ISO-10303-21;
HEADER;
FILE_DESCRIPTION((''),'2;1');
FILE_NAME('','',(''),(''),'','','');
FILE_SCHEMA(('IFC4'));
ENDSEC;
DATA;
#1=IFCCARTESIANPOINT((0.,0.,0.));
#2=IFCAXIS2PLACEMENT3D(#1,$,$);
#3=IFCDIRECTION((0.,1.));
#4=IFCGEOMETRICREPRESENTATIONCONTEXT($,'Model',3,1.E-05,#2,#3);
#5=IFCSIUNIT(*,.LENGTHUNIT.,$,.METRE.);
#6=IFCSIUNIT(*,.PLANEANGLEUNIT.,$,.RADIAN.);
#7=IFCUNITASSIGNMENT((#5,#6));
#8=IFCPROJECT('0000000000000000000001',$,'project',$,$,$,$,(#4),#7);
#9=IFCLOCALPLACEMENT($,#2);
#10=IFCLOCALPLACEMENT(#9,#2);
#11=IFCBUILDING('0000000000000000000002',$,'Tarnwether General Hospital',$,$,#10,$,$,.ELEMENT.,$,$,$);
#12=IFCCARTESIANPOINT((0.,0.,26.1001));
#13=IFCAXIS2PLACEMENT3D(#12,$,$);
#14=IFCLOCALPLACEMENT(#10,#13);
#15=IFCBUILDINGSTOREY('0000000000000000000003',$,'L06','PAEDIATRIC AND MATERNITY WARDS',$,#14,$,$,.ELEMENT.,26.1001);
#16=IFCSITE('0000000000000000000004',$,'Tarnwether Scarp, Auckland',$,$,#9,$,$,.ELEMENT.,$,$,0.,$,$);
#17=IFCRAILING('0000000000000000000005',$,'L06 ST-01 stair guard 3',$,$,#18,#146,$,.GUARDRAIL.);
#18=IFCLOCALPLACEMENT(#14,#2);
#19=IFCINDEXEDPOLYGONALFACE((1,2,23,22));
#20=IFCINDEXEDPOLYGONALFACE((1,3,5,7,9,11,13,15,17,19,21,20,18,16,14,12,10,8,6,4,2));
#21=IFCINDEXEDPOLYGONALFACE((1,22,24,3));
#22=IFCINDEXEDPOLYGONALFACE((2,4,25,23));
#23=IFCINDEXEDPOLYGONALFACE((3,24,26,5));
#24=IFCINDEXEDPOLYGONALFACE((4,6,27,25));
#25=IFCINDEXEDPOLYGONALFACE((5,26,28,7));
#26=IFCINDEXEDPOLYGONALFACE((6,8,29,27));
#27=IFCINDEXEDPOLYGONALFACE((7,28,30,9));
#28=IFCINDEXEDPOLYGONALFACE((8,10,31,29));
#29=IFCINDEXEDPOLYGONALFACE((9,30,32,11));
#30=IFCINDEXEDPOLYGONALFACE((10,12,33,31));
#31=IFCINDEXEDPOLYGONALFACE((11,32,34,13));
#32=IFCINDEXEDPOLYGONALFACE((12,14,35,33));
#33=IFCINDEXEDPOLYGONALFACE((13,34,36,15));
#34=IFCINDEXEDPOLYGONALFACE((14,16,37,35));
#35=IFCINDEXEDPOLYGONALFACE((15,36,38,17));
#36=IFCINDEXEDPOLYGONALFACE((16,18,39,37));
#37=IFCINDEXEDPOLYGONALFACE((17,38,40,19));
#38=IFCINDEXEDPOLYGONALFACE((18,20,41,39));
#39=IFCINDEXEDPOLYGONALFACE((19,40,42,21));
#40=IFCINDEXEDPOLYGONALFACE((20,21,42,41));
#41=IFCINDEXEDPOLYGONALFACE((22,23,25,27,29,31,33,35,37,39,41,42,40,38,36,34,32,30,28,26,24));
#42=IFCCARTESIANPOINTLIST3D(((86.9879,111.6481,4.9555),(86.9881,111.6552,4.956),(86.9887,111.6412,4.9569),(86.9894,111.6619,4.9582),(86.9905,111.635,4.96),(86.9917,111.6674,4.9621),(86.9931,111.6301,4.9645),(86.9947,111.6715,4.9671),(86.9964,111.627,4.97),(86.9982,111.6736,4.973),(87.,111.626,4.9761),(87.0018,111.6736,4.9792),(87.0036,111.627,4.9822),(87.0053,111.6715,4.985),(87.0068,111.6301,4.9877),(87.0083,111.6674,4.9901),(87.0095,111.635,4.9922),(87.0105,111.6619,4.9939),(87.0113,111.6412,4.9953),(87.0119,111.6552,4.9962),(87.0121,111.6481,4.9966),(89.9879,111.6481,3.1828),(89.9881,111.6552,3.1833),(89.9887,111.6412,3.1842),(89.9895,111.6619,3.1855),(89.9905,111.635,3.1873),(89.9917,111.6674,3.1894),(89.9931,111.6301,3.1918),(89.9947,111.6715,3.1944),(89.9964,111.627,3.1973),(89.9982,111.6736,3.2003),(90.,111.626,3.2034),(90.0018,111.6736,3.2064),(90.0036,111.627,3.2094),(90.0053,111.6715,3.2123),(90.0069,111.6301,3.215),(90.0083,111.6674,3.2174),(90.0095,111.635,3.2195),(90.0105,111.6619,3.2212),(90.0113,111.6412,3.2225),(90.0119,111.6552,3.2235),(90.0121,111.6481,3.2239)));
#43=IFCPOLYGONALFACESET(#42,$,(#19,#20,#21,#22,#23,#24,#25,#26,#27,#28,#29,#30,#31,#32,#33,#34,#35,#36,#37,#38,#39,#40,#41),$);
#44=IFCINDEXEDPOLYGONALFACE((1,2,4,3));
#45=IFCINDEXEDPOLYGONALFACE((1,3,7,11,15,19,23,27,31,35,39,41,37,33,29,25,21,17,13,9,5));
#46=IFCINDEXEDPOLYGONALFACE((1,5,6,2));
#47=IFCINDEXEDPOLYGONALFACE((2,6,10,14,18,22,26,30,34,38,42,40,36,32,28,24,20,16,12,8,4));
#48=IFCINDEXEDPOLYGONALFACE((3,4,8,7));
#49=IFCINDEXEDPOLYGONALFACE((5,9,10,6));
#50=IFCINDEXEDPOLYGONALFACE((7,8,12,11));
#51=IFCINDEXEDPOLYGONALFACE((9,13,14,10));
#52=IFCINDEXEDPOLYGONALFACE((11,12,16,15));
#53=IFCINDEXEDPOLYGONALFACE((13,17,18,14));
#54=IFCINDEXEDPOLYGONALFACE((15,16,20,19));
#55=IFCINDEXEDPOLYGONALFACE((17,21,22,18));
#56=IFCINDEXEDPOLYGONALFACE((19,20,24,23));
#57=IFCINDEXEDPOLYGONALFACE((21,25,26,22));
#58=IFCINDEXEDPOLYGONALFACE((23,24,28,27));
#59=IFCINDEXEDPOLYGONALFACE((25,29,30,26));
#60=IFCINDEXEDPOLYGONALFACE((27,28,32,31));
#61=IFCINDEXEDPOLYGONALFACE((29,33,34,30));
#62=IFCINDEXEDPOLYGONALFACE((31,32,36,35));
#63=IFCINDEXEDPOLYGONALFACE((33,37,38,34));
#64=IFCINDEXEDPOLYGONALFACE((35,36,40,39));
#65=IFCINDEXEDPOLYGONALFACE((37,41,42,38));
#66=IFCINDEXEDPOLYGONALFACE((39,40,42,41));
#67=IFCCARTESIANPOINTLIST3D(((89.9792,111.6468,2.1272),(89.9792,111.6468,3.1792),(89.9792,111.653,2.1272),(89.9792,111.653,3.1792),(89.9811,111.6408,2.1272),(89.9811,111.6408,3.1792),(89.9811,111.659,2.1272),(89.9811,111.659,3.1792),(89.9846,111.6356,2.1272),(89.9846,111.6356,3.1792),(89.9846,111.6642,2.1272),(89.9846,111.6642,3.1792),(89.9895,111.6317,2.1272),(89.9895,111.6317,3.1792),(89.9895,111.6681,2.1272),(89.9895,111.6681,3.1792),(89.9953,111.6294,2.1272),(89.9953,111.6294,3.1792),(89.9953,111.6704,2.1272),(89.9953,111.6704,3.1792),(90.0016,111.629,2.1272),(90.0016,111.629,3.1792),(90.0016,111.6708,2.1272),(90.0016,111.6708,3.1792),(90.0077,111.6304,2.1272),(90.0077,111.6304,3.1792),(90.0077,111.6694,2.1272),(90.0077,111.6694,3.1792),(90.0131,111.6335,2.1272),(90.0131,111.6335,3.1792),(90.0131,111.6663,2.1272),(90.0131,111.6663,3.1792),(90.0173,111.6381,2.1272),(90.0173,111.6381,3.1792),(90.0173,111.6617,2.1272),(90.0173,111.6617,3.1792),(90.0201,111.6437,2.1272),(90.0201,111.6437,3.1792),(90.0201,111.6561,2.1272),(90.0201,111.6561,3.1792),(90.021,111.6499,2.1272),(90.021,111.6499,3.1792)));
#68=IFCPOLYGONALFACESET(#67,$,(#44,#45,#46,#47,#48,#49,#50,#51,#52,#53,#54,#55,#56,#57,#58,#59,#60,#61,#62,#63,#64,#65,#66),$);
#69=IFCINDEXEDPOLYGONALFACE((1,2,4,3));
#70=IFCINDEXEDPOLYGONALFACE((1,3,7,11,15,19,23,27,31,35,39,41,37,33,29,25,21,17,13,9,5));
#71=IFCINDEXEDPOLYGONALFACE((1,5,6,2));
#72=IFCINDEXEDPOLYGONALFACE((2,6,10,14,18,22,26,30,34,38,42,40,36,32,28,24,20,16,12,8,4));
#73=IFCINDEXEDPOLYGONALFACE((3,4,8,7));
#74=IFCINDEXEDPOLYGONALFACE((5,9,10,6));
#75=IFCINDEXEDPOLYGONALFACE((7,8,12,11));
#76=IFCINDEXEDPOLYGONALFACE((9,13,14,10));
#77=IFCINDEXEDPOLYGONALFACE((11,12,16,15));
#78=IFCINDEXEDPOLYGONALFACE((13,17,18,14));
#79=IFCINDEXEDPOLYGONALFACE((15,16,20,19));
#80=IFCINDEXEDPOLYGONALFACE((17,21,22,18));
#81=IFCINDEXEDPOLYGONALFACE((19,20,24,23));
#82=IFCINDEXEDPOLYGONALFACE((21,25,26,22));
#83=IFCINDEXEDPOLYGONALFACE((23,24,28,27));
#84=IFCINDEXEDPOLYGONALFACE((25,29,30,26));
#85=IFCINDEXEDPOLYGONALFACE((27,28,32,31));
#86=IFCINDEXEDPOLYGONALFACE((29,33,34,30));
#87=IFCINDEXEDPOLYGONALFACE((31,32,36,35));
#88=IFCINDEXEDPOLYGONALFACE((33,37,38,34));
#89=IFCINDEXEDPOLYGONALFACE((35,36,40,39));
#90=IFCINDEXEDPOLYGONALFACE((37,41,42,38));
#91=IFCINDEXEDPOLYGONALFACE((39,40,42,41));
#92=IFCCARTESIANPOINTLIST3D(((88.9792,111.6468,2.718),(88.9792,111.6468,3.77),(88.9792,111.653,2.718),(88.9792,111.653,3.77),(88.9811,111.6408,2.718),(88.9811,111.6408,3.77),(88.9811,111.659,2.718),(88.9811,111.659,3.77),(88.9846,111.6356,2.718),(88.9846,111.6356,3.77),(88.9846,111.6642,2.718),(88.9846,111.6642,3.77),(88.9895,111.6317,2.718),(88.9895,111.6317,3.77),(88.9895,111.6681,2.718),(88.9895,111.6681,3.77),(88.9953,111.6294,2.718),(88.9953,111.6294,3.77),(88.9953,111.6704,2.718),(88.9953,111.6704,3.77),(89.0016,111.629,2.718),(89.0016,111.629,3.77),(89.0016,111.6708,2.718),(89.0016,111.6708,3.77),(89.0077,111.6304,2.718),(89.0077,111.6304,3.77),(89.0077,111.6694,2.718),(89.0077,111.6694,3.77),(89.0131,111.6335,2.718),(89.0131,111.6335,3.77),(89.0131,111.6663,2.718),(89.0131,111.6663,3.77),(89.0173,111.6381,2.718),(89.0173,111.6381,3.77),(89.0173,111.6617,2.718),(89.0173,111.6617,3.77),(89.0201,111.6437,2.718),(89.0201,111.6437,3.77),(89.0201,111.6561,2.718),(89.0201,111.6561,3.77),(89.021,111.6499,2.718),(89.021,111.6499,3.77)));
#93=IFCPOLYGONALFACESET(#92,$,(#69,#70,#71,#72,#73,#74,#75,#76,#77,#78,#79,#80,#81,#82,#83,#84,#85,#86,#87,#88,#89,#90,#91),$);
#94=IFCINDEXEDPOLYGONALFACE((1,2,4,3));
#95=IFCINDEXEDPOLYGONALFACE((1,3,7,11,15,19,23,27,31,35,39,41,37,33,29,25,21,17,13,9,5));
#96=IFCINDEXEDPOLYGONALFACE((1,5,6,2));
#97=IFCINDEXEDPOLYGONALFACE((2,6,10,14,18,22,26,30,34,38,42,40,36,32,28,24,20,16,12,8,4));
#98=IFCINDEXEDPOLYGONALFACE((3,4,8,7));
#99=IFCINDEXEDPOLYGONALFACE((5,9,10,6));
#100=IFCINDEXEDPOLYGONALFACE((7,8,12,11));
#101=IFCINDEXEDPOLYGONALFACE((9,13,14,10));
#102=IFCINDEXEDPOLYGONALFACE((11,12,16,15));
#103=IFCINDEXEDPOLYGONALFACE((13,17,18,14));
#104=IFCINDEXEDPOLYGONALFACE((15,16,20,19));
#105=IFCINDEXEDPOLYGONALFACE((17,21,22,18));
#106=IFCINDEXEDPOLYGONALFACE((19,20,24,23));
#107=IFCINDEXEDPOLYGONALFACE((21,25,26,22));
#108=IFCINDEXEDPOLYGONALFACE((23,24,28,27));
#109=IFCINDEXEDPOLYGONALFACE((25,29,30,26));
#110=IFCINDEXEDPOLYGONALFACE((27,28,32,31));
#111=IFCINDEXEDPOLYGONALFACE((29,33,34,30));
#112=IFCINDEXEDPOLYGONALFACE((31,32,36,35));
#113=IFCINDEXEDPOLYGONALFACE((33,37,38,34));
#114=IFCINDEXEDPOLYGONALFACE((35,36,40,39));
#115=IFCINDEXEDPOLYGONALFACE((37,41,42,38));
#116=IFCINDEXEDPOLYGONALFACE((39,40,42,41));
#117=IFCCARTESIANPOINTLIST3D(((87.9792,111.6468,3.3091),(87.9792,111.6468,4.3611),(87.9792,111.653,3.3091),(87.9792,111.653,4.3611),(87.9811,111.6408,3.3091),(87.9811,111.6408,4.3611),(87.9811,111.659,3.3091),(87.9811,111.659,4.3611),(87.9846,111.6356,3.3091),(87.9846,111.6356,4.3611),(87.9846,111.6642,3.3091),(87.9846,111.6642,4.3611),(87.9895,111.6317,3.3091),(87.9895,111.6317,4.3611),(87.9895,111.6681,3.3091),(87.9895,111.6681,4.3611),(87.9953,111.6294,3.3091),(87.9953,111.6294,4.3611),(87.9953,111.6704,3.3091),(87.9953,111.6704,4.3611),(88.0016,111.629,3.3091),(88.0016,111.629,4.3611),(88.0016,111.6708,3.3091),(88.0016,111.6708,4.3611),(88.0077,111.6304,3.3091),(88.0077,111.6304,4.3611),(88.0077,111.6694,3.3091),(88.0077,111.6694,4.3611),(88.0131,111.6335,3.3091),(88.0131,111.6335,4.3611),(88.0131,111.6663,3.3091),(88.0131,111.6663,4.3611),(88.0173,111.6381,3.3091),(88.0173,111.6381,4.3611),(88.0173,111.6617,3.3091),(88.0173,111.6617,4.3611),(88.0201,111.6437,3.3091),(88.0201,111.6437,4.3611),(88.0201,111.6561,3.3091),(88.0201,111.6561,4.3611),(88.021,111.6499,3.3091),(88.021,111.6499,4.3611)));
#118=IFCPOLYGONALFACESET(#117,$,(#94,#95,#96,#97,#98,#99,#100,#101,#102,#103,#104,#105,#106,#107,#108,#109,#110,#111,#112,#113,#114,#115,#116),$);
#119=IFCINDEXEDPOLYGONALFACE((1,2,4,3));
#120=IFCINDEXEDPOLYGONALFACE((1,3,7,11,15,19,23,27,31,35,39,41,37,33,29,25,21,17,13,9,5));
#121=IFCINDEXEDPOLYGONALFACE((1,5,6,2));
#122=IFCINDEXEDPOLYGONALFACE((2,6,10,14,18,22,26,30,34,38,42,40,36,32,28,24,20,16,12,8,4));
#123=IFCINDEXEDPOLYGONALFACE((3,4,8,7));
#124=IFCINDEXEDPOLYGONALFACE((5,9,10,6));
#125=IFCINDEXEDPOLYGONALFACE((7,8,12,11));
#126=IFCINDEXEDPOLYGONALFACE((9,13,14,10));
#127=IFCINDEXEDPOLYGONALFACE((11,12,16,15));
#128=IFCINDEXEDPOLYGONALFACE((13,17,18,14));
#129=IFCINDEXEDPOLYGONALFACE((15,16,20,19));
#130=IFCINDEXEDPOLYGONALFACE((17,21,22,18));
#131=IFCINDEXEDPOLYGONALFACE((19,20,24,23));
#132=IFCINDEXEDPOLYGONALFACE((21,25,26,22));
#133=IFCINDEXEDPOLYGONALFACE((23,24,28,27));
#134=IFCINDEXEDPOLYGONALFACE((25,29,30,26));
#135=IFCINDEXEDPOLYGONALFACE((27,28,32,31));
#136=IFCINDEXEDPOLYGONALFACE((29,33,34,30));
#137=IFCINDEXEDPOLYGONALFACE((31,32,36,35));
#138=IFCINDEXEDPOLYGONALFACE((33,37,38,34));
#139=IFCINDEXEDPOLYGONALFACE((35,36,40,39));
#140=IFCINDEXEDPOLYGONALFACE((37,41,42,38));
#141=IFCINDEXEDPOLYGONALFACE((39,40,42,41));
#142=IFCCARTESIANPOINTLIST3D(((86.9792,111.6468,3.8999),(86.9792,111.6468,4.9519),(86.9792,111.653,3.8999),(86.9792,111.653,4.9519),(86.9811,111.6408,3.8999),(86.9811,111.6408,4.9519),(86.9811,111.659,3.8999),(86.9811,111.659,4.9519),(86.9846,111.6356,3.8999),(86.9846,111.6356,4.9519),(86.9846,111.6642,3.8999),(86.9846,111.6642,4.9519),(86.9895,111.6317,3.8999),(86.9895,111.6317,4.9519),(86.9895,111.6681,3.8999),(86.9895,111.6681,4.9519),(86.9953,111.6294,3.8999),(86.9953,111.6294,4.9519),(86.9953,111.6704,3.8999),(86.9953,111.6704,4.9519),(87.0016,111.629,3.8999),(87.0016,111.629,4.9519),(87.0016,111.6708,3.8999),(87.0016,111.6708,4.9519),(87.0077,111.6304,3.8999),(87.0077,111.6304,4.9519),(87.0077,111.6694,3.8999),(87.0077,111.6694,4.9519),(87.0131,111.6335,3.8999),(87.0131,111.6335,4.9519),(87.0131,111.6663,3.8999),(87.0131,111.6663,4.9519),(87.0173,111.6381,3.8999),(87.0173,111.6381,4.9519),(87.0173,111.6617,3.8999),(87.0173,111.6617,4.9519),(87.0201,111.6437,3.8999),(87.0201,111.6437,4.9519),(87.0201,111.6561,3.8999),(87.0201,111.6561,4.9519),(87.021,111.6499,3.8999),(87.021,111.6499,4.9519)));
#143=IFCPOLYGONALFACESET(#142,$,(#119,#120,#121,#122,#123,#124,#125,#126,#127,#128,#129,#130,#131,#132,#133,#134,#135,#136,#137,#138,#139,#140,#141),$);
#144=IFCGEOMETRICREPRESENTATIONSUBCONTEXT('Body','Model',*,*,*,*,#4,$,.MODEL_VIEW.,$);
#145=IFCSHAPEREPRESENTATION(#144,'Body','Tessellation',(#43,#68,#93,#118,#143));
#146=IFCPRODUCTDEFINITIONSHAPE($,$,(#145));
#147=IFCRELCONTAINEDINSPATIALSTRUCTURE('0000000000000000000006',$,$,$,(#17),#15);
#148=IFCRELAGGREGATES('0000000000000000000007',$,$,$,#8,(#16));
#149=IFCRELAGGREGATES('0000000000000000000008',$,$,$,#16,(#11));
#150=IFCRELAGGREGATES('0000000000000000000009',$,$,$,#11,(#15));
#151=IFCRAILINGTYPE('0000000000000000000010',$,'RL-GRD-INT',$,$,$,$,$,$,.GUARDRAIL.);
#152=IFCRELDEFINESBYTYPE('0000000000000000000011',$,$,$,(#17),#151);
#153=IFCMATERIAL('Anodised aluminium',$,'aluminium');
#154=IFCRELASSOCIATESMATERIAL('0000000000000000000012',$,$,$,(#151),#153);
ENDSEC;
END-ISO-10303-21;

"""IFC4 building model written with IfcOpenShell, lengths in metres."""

from ifc_helpers import new_model, si_unit, direction, frame, origin, origin_2d, place, context, subcontext, project, spatial, circle, extrude, material, type_object, element, save


model = new_model("IFC4")

# Units and contexts
model_context = context("Model", 3, precision=1e-05, world=origin(), true_north=direction((0.0, 1.0)))
body_context = subcontext(model_context, "Body", "Model", "MODEL_VIEW")
ifc_project = project(units=[si_unit("LENGTHUNIT", "METRE"), si_unit("PLANEANGLEUNIT", "RADIAN")], contexts=[model_context])

# Site, building, storey
site_placement = place(None, origin())
site = spatial("IfcSite", under=ifc_project, at=site_placement, Name="Tarnwether Scarp, Auckland", CompositionType="ELEMENT", RefElevation=0.0)
building_placement = place(site_placement, origin())
building = spatial("IfcBuilding", under=site, at=building_placement, Name="Tarnwether General Hospital", CompositionType="ELEMENT")
storey_placement = place(building_placement, frame((0.0, 0.0, 26.1001)))
storey = spatial("IfcBuildingStorey", under=building, at=storey_placement, Name="L06", Description="PAEDIATRIC AND MATERNITY WARDS", CompositionType="ELEMENT", Elevation=26.1001)

# Railing
ifc_material_1 = material(Name="Anodised aluminium", Category="aluminium")
railing_type_1 = type_object("IfcRailingType", Name="RL-GRD-INT", PredefinedType="GUARDRAIL", material=ifc_material_1)
railing_1_placement = place(storey_placement, frame((90.0, 111.6499, 2.1272)))
element("IfcRailing", 1, at=railing_1_placement, inside=storey, type_object=railing_type_1, Name="L06 ST-01 stair guard 3", PredefinedType="GUARDRAIL", context=body_context, shape_type="SweptSolid", body=[
    extrude(circle(Radius=0.0239, at=origin_2d()), frame((0.0, 0.0, 1.0762), z_axis=(-0.860929, 0.0, 0.508725), x_axis=(0.0, -1.0, 0.0)), (0.0, 0.0, 1.0), 3.4846),
    extrude(circle(Radius=0.021, at=origin_2d()), origin(), (0.0, 0.0, 1.0), 1.052),
    extrude(circle(Radius=0.021, at=origin_2d()), frame((-1.0, 0.0, 0.5908)), (0.0, 0.0, 1.0), 1.052),
    extrude(circle(Radius=0.021, at=origin_2d()), frame((-2.0, 0.0, 1.1819)), (0.0, 0.0, 1.0), 1.052),
    extrude(circle(Radius=0.021, at=origin_2d()), frame((-3.0, 0.0, 1.7727)), (0.0, 0.0, 1.0), 1.052),
])

save(model, "model.ifc")
